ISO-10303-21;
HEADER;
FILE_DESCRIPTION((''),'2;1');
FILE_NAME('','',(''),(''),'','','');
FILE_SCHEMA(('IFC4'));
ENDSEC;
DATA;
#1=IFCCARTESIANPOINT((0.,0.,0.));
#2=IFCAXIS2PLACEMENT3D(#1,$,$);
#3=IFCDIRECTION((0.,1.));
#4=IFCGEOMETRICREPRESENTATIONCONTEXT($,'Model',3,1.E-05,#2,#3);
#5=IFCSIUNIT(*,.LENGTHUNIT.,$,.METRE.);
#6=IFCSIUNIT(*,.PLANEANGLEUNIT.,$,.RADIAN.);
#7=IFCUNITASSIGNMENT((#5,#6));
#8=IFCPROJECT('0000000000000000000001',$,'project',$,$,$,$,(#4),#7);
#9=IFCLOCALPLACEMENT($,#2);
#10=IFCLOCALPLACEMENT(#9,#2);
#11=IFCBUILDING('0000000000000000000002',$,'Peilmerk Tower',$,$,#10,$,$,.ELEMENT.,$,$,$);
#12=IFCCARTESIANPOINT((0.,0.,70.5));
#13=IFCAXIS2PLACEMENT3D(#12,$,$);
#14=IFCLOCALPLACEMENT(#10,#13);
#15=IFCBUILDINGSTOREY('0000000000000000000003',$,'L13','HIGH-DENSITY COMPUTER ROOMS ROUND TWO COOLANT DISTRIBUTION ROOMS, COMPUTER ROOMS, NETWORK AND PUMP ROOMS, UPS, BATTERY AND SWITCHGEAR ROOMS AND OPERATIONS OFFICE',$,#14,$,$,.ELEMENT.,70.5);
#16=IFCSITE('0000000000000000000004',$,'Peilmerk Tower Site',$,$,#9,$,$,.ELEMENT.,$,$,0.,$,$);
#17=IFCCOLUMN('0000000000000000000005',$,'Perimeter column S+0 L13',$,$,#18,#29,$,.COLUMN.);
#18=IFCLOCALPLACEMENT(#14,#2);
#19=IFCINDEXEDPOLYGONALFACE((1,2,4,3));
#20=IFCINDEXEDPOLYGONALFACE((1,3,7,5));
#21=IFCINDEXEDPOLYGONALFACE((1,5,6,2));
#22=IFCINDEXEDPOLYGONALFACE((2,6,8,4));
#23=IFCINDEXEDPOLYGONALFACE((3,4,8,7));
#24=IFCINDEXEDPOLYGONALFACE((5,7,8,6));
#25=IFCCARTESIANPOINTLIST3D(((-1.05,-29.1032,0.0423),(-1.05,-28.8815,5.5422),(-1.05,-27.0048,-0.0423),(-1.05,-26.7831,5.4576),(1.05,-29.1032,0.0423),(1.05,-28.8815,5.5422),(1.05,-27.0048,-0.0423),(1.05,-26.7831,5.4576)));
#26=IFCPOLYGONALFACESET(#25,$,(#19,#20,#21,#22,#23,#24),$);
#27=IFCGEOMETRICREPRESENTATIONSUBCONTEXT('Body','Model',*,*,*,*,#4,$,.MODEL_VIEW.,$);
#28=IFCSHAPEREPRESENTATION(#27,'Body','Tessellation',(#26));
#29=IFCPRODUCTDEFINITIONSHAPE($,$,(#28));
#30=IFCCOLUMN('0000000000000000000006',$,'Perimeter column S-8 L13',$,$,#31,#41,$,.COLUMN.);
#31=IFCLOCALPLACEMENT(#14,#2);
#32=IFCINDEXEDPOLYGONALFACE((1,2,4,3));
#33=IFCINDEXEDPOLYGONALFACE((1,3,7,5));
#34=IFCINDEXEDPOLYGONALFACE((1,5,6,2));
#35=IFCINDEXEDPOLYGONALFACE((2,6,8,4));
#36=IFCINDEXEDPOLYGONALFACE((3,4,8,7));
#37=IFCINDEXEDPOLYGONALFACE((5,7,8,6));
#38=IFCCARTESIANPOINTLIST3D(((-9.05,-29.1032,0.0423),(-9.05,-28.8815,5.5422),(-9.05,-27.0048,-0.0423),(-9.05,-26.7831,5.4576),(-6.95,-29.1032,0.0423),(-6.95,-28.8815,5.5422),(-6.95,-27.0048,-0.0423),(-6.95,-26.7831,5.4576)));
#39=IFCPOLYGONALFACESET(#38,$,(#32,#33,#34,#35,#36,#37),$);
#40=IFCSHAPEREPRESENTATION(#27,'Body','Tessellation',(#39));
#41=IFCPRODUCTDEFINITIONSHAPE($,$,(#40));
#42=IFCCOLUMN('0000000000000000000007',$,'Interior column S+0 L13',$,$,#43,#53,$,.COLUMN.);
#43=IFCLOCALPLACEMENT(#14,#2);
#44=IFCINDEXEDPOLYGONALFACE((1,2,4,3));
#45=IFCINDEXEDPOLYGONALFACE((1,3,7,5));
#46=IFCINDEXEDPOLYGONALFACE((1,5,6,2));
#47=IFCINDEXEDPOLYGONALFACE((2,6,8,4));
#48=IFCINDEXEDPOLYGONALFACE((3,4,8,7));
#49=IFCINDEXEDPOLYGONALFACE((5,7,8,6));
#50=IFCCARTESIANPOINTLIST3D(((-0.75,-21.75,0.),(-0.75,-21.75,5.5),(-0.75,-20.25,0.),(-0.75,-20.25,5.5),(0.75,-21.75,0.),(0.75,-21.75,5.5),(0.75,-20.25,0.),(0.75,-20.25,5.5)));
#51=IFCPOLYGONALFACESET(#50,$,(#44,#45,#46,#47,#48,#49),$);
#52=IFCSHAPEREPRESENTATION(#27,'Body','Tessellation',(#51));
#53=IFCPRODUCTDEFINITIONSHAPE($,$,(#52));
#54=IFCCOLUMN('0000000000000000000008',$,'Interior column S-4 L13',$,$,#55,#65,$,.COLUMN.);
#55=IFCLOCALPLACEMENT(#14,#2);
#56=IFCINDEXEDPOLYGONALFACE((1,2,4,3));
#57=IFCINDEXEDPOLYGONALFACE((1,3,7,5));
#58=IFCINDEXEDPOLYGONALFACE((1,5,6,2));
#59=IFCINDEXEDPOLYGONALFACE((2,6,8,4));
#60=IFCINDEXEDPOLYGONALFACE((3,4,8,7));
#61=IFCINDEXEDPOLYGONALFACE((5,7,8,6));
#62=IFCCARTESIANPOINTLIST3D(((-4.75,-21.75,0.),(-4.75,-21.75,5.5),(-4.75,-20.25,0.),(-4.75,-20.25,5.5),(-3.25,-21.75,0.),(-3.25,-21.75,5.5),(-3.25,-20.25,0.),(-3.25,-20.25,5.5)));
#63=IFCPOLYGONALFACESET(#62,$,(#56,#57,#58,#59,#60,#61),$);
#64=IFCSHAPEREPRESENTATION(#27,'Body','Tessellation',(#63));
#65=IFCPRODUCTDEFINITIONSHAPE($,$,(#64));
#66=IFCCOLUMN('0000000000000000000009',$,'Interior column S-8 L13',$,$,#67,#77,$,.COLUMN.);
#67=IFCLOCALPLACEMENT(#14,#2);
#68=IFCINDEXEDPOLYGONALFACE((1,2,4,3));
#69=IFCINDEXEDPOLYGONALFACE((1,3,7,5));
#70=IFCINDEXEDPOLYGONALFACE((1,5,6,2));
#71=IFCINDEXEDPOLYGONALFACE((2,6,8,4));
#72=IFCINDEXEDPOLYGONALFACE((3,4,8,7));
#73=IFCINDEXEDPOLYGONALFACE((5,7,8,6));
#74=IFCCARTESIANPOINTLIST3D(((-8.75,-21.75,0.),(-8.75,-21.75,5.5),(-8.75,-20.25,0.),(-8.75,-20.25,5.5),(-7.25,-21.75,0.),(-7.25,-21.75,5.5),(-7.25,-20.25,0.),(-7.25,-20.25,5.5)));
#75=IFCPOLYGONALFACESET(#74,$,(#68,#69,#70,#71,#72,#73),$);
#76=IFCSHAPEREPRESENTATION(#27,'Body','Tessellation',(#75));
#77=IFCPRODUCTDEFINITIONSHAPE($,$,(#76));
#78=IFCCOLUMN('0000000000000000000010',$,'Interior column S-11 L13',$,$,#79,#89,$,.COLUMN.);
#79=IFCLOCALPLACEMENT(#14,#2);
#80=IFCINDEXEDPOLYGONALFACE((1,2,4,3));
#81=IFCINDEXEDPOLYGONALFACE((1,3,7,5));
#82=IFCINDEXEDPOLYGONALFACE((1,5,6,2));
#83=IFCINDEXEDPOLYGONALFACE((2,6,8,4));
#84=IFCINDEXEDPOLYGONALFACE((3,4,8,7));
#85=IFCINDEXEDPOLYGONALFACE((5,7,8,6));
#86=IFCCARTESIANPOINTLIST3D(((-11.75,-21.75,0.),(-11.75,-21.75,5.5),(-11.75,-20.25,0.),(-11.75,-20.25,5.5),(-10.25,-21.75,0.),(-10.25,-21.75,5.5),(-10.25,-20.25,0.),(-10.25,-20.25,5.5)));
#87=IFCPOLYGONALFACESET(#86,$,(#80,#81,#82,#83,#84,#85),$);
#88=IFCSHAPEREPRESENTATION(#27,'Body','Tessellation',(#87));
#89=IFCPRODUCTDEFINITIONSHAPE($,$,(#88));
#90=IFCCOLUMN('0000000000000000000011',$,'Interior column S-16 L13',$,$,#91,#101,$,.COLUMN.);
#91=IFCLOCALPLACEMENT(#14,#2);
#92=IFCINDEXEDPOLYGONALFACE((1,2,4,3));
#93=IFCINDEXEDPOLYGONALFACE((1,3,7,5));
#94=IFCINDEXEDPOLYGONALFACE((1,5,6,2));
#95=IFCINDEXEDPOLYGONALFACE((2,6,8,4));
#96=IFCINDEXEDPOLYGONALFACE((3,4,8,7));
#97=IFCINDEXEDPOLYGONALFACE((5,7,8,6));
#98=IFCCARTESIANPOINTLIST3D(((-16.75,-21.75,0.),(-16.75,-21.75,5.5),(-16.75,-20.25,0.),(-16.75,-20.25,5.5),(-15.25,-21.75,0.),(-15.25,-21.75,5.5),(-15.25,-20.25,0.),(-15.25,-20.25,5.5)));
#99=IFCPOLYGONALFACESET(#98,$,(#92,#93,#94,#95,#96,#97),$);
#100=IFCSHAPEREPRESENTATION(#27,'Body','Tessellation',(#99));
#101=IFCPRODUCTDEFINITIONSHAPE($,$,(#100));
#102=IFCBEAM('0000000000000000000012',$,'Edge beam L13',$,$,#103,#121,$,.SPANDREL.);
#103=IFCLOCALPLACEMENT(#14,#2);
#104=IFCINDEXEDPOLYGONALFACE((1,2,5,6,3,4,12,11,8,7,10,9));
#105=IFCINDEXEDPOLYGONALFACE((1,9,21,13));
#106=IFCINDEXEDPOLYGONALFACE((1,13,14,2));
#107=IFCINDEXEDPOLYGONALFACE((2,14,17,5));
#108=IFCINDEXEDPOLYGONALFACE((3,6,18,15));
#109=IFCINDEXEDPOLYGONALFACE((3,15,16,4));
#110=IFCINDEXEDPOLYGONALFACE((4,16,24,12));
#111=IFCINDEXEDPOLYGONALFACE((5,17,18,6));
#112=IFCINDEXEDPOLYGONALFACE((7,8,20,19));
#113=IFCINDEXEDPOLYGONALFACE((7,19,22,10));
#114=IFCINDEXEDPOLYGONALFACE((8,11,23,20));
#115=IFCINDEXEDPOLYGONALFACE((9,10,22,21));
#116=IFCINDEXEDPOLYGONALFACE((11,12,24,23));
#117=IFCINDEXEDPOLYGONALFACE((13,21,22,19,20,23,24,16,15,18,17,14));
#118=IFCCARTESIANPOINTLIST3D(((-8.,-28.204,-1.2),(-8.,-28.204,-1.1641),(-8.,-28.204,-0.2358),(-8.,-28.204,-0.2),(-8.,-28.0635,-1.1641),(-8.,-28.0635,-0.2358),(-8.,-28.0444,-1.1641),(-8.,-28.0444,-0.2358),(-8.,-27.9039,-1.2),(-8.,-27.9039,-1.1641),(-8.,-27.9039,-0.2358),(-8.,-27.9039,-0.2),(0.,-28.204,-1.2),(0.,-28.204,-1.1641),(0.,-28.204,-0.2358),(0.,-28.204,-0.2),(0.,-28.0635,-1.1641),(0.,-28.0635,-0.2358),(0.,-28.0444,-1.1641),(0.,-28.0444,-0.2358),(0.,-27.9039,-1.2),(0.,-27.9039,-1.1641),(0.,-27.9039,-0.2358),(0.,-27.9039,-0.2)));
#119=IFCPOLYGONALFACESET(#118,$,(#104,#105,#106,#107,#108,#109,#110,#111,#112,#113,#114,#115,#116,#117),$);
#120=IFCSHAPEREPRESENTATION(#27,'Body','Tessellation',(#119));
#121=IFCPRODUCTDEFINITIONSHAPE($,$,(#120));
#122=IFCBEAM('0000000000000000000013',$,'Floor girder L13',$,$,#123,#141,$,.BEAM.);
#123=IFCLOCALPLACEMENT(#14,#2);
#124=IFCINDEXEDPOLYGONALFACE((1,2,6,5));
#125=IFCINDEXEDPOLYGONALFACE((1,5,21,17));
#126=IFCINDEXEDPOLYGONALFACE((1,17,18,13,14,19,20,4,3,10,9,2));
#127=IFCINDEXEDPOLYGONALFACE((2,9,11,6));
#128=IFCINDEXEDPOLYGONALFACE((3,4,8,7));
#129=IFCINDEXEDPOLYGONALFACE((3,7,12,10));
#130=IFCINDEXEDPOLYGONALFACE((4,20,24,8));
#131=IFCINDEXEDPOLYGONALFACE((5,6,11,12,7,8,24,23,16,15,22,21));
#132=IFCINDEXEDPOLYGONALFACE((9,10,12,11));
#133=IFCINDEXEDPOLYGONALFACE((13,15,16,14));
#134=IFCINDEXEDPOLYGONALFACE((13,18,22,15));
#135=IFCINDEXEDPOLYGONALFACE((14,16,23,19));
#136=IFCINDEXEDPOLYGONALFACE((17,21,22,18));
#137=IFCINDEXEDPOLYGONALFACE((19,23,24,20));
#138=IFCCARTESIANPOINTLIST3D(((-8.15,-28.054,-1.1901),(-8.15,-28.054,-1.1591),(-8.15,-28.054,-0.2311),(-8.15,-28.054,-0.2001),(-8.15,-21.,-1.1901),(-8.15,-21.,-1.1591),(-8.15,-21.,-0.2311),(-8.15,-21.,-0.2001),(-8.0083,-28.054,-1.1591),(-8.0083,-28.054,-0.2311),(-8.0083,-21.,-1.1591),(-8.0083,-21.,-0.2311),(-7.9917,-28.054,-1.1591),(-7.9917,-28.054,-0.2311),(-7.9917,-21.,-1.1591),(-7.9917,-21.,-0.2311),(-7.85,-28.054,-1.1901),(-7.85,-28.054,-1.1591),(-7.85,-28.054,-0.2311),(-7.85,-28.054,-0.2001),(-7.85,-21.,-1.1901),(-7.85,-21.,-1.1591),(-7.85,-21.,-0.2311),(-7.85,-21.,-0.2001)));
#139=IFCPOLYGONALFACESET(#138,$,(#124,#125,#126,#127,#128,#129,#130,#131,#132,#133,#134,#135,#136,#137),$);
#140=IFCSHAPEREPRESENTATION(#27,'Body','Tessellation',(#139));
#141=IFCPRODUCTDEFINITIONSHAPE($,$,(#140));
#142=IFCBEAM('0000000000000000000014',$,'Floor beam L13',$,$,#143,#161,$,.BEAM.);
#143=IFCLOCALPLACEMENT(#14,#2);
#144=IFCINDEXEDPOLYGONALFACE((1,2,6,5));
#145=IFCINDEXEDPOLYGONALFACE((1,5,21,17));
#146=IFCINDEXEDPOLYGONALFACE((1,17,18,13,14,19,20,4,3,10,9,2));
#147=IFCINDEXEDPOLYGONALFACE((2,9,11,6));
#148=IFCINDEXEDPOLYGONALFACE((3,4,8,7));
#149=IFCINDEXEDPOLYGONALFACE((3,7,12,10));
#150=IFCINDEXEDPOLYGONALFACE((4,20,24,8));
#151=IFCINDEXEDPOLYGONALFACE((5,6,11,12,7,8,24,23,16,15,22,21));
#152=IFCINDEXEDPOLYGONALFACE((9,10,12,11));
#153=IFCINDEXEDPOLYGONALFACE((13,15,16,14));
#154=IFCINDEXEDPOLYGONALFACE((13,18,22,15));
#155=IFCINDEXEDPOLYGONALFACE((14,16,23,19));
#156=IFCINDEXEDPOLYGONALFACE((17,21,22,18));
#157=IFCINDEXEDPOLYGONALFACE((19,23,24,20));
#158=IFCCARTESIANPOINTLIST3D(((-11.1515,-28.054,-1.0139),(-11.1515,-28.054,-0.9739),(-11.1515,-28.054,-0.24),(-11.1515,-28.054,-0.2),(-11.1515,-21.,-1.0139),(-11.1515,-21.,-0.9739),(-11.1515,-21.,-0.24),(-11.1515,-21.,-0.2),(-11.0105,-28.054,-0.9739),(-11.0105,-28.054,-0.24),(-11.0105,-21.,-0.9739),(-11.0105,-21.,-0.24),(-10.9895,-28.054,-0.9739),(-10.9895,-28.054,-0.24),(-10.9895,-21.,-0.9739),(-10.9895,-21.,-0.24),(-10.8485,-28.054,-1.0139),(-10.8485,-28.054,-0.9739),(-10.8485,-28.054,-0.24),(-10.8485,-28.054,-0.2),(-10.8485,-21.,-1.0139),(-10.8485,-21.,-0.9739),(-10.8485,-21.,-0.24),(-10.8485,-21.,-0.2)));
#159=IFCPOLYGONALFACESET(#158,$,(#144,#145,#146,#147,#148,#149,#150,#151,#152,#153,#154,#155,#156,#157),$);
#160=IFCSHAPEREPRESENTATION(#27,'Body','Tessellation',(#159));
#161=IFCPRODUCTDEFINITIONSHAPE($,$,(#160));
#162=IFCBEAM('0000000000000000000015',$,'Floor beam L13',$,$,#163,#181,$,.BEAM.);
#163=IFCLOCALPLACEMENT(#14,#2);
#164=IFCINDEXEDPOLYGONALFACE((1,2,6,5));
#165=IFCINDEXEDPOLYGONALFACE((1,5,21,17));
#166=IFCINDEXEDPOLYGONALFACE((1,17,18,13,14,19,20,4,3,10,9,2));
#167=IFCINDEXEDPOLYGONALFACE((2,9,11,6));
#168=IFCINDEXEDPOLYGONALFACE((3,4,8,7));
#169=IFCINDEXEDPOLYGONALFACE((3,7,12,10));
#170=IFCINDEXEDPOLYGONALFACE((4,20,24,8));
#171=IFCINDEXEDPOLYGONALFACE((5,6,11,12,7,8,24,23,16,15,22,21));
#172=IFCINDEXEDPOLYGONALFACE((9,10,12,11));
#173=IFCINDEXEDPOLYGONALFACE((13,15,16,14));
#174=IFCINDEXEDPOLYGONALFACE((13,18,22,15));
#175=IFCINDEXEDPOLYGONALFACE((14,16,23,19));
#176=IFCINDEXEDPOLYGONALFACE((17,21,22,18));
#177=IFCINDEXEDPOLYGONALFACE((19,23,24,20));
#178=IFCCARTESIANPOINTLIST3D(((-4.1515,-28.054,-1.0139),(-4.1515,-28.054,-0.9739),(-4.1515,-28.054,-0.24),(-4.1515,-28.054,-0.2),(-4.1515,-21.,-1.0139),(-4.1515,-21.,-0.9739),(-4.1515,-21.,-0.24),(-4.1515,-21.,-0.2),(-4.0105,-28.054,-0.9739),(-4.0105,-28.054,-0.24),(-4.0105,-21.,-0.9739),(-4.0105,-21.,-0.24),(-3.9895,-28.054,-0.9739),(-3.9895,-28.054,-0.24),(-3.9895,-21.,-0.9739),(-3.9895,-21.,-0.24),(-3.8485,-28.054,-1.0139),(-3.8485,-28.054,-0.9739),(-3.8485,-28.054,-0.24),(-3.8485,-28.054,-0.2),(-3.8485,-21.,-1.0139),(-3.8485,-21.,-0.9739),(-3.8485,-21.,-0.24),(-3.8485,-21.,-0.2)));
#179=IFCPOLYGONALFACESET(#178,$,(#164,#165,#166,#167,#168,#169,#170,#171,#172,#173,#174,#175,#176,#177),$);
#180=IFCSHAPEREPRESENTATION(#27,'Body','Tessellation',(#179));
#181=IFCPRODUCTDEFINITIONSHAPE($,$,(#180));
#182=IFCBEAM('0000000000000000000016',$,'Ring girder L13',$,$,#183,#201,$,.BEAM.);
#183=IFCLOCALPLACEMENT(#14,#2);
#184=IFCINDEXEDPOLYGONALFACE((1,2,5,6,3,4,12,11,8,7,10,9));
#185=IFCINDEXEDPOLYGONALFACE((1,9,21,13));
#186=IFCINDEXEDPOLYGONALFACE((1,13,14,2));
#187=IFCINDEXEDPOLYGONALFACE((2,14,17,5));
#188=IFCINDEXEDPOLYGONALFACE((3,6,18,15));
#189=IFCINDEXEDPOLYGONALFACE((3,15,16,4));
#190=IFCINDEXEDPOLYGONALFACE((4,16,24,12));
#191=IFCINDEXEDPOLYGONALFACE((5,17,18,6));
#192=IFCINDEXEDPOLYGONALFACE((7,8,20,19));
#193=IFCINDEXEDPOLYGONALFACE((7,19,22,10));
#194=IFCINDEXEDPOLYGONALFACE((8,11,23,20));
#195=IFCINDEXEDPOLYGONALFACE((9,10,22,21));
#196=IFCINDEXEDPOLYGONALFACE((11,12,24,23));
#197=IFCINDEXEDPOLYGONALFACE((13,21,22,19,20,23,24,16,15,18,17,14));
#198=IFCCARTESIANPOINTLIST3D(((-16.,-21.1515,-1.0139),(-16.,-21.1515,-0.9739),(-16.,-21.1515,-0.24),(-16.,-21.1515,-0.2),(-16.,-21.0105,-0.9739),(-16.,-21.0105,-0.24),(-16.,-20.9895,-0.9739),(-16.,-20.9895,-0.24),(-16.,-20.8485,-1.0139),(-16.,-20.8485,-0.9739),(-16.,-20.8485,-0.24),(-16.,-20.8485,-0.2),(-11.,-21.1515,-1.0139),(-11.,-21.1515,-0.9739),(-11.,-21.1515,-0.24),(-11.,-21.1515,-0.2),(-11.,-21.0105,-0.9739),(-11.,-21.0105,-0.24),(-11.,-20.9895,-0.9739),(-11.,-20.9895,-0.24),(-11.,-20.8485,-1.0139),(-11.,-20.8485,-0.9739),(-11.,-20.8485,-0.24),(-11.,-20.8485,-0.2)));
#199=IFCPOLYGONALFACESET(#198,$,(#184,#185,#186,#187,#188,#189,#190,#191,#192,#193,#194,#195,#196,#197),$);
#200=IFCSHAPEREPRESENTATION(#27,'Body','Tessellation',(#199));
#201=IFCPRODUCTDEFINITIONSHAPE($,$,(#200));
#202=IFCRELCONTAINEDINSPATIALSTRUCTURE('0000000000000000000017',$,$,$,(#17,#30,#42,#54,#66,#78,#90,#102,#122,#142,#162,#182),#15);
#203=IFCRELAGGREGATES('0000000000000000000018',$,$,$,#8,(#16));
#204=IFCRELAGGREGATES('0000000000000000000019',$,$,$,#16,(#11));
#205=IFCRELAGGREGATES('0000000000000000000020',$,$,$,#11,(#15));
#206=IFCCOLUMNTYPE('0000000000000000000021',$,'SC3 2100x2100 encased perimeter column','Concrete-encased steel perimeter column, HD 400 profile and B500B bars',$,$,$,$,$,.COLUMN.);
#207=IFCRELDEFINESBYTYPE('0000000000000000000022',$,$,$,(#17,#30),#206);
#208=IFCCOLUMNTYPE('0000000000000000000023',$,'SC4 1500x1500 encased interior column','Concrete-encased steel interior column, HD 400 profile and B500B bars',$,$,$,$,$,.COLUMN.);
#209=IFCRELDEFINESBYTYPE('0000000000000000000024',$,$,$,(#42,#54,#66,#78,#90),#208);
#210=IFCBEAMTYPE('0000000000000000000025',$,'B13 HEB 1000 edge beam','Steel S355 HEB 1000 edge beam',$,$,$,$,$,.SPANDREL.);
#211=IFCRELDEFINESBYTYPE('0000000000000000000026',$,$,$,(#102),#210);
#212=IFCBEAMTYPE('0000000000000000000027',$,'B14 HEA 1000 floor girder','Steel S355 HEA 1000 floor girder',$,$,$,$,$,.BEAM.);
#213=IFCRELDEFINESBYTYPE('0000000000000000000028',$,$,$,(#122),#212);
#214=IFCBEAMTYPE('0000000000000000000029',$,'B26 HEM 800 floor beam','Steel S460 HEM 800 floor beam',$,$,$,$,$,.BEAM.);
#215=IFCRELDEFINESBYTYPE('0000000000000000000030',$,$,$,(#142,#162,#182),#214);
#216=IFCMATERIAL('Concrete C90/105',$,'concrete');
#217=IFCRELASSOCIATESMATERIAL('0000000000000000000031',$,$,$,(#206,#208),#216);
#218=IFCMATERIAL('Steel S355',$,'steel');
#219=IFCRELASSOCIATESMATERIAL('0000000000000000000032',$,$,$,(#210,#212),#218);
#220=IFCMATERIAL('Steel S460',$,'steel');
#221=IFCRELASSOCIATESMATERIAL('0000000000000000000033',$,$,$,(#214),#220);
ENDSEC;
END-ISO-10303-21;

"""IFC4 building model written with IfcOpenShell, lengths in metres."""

from ifc_helpers import new_model, si_unit, direction, frame, origin, origin_2d, place, context, subcontext, project, spatial, rectangle, i_section, extrude, material, material_profile, profile_set, type_object, element, save


model = new_model("IFC4")

# Units and contexts
model_context = context("Model", 3, precision=1e-05, world=origin(), true_north=direction((0.0, 1.0)))
body_context = subcontext(model_context, "Body", "Model", "MODEL_VIEW")
ifc_project = project(units=[si_unit("LENGTHUNIT", "METRE"), si_unit("PLANEANGLEUNIT", "RADIAN")], contexts=[model_context])

# Site, building, storey
site_placement = place(None, origin())
site = spatial("IfcSite", under=ifc_project, at=site_placement, Name="Peilmerk Tower Site", CompositionType="ELEMENT", RefElevation=0.0)
building_placement = place(site_placement, origin())
building = spatial("IfcBuilding", under=site, at=building_placement, Name="Peilmerk Tower", CompositionType="ELEMENT")
storey_placement = place(building_placement, frame((0.0, 0.0, 70.5)))
storey = spatial("IfcBuildingStorey", under=building, at=storey_placement, Name="L13", Description="HIGH-DENSITY COMPUTER ROOMS ROUND TWO COOLANT DISTRIBUTION ROOMS, COMPUTER ROOMS, NETWORK AND PUMP ROOMS, UPS, BATTERY AND SWITCHGEAR ROOMS AND OPERATIONS OFFICE", CompositionType="ELEMENT", Elevation=70.5)

# Columns
ifc_material_1 = material(Name="Concrete C90/105", Category="concrete")
ifc_material_profile_1 = material_profile(ifc_material_1, rectangle(XDim=2.1001, YDim=2.1001, at=origin_2d()), Name="RC 2100x2100")
ifc_profile_set_1 = profile_set([ifc_material_profile_1], Name="Concrete C90/105")
column_type_1 = type_object("IfcColumnType", Name="SC3 2100x2100 encased perimeter column", Description="Concrete-encased steel perimeter column, HD 400 profile and B500B bars", PredefinedType="COLUMN", material=ifc_profile_set_1)
for number, where, z_axis, x_axis, name in (
    (1, (0.0, -28.054, 0.0), (0.0, 0.040273, 0.999189), (-1.0, 0.0, 0.0), "Perimeter column S+0 L13"),
    (2, (-8.0, -28.054, 0.0), (0.0, 0.040273, 0.999189), (-1.0, 0.0, 0.0), "Perimeter column S-8 L13"),
):
    element("IfcColumn", number, at=place(storey_placement, frame(where, z_axis=z_axis, x_axis=x_axis)), inside=storey, type_object=column_type_1, Name=name, PredefinedType="COLUMN", context=body_context, shape_type="SweptSolid", body=[
        extrude(rectangle(XDim=2.1001, YDim=2.1001, at=origin_2d()), origin(), (0.0, 0.0, 1.0), 5.5044),
    ])
ifc_material_profile_2 = material_profile(ifc_material_1, rectangle(XDim=1.5, YDim=1.5, at=origin_2d()), Name="RC 1500x1500")
ifc_profile_set_2 = profile_set([ifc_material_profile_2], Name="Concrete C90/105")
column_type_2 = type_object("IfcColumnType", Name="SC4 1500x1500 encased interior column", Description="Concrete-encased steel interior column, HD 400 profile and B500B bars", PredefinedType="COLUMN", material=ifc_profile_set_2)
for number, where, z_axis, x_axis, name in (
    (3, (0.0, -21.0, 0.0), (0.0, 0.0, 1.0), (1.0, 0.0, 0.0), "Interior column S+0 L13"),
    (4, (-4.0, -21.0, 0.0), (0.0, 0.0, 1.0), (1.0, 0.0, 0.0), "Interior column S-4 L13"),
    (5, (-8.0, -21.0, 0.0), (0.0, 0.0, 1.0), (1.0, 0.0, 0.0), "Interior column S-8 L13"),
    (6, (-11.0, -21.0, 0.0), (0.0, 0.0, 1.0), (1.0, 0.0, 0.0), "Interior column S-11 L13"),
    (7, (-16.0, -21.0, 0.0), (0.0, 0.0, 1.0), (1.0, 0.0, 0.0), "Interior column S-16 L13"),
):
    element("IfcColumn", number, at=place(storey_placement, frame(where, z_axis=z_axis, x_axis=x_axis)), inside=storey, type_object=column_type_2, Name=name, PredefinedType="COLUMN", context=body_context, shape_type="SweptSolid", body=[
        extrude(rectangle(XDim=1.5, YDim=1.5, at=origin_2d()), origin(), (0.0, 0.0, 1.0), 5.5),
    ])

# Beams
ifc_material_2 = material(Name="Steel S355", Category="steel")
ifc_material_profile_3 = material_profile(ifc_material_2, i_section(OverallWidth=0.3, OverallDepth=1.0, WebThickness=0.019, FlangeThickness=0.0359, at=origin_2d()), Name="HEB 1000")
ifc_profile_set_3 = profile_set([ifc_material_profile_3], Name="Steel S355")
beam_type_1 = type_object("IfcBeamType", Name="B13 HEB 1000 edge beam", Description="Steel S355 HEB 1000 edge beam", PredefinedType="SPANDREL", material=ifc_profile_set_3)
beam_1_placement = place(storey_placement, frame((-8.0, -28.054, -0.7), z_axis=(1.0, 0.0, 0.0), x_axis=(0.0, 1.0, 0.0)))
element("IfcBeam", 8, at=beam_1_placement, inside=storey, type_object=beam_type_1, Name="Edge beam L13", PredefinedType="SPANDREL", context=body_context, shape_type="SweptSolid", body=[
    extrude(i_section(OverallWidth=0.3, OverallDepth=1.0, WebThickness=0.019, FlangeThickness=0.0359, at=origin_2d()), origin(), (0.0, 0.0, 1.0), 8.0),
])
ifc_material_profile_4 = material_profile(ifc_material_2, i_section(OverallWidth=0.3, OverallDepth=0.99, WebThickness=0.0166, FlangeThickness=0.031, at=origin_2d()), Name="HEA 1000")
ifc_profile_set_4 = profile_set([ifc_material_profile_4], Name="Steel S355")
beam_type_2 = type_object("IfcBeamType", Name="B14 HEA 1000 floor girder", Description="Steel S355 HEA 1000 floor girder", PredefinedType="BEAM", material=ifc_profile_set_4)
beam_2_placement = place(storey_placement, frame((-8.0, -21.0, -0.6951), z_axis=(0.0, -1.0, 0.0), x_axis=(1.0, 0.0, 0.0)))
element("IfcBeam", 9, at=beam_2_placement, inside=storey, type_object=beam_type_2, Name="Floor girder L13", PredefinedType="BEAM", context=body_context, shape_type="SweptSolid", body=[
    extrude(i_section(OverallWidth=0.3, OverallDepth=0.99, WebThickness=0.0166, FlangeThickness=0.031, at=origin_2d()), origin(), (0.0, 0.0, 1.0), 7.054),
])
ifc_material_3 = material(Name="Steel S460", Category="steel")
ifc_material_profile_5 = material_profile(ifc_material_3, i_section(OverallWidth=0.303, OverallDepth=0.814, WebThickness=0.021, FlangeThickness=0.04, at=origin_2d()), Name="HEM 800")
ifc_profile_set_5 = profile_set([ifc_material_profile_5], Name="Steel S460")
beam_type_3 = type_object("IfcBeamType", Name="B26 HEM 800 floor beam", Description="Steel S460 HEM 800 floor beam", PredefinedType="BEAM", material=ifc_profile_set_5)
for number, where, z_axis, x_axis, name in (
    (10, (-11.0, -21.0, -0.6069), (0.0, -1.0, 0.0), (1.0, 0.0, 0.0), "Floor beam L13"),
    (11, (-4.0, -21.0, -0.6069), (0.0, -1.0, 0.0), (1.0, 0.0, 0.0), "Floor beam L13"),
):
    element("IfcBeam", number, at=place(storey_placement, frame(where, z_axis=z_axis, x_axis=x_axis)), inside=storey, type_object=beam_type_3, Name=name, PredefinedType="BEAM", context=body_context, shape_type="SweptSolid", body=[
        extrude(i_section(OverallWidth=0.303, OverallDepth=0.814, WebThickness=0.021, FlangeThickness=0.04, at=origin_2d()), origin(), (0.0, 0.0, 1.0), 7.054),
    ])
beam_3_placement = place(storey_placement, frame((-16.0, -21.0, -0.6069), z_axis=(1.0, 0.0, 0.0), x_axis=(0.0, 1.0, 0.0)))
element("IfcBeam", 12, at=beam_3_placement, inside=storey, type_object=beam_type_3, Name="Ring girder L13", PredefinedType="BEAM", context=body_context, shape_type="SweptSolid", body=[
    extrude(i_section(OverallWidth=0.303, OverallDepth=0.814, WebThickness=0.021, FlangeThickness=0.04, at=origin_2d()), origin(), (0.0, 0.0, 1.0), 5.0),
])

save(model, "model.ifc")
